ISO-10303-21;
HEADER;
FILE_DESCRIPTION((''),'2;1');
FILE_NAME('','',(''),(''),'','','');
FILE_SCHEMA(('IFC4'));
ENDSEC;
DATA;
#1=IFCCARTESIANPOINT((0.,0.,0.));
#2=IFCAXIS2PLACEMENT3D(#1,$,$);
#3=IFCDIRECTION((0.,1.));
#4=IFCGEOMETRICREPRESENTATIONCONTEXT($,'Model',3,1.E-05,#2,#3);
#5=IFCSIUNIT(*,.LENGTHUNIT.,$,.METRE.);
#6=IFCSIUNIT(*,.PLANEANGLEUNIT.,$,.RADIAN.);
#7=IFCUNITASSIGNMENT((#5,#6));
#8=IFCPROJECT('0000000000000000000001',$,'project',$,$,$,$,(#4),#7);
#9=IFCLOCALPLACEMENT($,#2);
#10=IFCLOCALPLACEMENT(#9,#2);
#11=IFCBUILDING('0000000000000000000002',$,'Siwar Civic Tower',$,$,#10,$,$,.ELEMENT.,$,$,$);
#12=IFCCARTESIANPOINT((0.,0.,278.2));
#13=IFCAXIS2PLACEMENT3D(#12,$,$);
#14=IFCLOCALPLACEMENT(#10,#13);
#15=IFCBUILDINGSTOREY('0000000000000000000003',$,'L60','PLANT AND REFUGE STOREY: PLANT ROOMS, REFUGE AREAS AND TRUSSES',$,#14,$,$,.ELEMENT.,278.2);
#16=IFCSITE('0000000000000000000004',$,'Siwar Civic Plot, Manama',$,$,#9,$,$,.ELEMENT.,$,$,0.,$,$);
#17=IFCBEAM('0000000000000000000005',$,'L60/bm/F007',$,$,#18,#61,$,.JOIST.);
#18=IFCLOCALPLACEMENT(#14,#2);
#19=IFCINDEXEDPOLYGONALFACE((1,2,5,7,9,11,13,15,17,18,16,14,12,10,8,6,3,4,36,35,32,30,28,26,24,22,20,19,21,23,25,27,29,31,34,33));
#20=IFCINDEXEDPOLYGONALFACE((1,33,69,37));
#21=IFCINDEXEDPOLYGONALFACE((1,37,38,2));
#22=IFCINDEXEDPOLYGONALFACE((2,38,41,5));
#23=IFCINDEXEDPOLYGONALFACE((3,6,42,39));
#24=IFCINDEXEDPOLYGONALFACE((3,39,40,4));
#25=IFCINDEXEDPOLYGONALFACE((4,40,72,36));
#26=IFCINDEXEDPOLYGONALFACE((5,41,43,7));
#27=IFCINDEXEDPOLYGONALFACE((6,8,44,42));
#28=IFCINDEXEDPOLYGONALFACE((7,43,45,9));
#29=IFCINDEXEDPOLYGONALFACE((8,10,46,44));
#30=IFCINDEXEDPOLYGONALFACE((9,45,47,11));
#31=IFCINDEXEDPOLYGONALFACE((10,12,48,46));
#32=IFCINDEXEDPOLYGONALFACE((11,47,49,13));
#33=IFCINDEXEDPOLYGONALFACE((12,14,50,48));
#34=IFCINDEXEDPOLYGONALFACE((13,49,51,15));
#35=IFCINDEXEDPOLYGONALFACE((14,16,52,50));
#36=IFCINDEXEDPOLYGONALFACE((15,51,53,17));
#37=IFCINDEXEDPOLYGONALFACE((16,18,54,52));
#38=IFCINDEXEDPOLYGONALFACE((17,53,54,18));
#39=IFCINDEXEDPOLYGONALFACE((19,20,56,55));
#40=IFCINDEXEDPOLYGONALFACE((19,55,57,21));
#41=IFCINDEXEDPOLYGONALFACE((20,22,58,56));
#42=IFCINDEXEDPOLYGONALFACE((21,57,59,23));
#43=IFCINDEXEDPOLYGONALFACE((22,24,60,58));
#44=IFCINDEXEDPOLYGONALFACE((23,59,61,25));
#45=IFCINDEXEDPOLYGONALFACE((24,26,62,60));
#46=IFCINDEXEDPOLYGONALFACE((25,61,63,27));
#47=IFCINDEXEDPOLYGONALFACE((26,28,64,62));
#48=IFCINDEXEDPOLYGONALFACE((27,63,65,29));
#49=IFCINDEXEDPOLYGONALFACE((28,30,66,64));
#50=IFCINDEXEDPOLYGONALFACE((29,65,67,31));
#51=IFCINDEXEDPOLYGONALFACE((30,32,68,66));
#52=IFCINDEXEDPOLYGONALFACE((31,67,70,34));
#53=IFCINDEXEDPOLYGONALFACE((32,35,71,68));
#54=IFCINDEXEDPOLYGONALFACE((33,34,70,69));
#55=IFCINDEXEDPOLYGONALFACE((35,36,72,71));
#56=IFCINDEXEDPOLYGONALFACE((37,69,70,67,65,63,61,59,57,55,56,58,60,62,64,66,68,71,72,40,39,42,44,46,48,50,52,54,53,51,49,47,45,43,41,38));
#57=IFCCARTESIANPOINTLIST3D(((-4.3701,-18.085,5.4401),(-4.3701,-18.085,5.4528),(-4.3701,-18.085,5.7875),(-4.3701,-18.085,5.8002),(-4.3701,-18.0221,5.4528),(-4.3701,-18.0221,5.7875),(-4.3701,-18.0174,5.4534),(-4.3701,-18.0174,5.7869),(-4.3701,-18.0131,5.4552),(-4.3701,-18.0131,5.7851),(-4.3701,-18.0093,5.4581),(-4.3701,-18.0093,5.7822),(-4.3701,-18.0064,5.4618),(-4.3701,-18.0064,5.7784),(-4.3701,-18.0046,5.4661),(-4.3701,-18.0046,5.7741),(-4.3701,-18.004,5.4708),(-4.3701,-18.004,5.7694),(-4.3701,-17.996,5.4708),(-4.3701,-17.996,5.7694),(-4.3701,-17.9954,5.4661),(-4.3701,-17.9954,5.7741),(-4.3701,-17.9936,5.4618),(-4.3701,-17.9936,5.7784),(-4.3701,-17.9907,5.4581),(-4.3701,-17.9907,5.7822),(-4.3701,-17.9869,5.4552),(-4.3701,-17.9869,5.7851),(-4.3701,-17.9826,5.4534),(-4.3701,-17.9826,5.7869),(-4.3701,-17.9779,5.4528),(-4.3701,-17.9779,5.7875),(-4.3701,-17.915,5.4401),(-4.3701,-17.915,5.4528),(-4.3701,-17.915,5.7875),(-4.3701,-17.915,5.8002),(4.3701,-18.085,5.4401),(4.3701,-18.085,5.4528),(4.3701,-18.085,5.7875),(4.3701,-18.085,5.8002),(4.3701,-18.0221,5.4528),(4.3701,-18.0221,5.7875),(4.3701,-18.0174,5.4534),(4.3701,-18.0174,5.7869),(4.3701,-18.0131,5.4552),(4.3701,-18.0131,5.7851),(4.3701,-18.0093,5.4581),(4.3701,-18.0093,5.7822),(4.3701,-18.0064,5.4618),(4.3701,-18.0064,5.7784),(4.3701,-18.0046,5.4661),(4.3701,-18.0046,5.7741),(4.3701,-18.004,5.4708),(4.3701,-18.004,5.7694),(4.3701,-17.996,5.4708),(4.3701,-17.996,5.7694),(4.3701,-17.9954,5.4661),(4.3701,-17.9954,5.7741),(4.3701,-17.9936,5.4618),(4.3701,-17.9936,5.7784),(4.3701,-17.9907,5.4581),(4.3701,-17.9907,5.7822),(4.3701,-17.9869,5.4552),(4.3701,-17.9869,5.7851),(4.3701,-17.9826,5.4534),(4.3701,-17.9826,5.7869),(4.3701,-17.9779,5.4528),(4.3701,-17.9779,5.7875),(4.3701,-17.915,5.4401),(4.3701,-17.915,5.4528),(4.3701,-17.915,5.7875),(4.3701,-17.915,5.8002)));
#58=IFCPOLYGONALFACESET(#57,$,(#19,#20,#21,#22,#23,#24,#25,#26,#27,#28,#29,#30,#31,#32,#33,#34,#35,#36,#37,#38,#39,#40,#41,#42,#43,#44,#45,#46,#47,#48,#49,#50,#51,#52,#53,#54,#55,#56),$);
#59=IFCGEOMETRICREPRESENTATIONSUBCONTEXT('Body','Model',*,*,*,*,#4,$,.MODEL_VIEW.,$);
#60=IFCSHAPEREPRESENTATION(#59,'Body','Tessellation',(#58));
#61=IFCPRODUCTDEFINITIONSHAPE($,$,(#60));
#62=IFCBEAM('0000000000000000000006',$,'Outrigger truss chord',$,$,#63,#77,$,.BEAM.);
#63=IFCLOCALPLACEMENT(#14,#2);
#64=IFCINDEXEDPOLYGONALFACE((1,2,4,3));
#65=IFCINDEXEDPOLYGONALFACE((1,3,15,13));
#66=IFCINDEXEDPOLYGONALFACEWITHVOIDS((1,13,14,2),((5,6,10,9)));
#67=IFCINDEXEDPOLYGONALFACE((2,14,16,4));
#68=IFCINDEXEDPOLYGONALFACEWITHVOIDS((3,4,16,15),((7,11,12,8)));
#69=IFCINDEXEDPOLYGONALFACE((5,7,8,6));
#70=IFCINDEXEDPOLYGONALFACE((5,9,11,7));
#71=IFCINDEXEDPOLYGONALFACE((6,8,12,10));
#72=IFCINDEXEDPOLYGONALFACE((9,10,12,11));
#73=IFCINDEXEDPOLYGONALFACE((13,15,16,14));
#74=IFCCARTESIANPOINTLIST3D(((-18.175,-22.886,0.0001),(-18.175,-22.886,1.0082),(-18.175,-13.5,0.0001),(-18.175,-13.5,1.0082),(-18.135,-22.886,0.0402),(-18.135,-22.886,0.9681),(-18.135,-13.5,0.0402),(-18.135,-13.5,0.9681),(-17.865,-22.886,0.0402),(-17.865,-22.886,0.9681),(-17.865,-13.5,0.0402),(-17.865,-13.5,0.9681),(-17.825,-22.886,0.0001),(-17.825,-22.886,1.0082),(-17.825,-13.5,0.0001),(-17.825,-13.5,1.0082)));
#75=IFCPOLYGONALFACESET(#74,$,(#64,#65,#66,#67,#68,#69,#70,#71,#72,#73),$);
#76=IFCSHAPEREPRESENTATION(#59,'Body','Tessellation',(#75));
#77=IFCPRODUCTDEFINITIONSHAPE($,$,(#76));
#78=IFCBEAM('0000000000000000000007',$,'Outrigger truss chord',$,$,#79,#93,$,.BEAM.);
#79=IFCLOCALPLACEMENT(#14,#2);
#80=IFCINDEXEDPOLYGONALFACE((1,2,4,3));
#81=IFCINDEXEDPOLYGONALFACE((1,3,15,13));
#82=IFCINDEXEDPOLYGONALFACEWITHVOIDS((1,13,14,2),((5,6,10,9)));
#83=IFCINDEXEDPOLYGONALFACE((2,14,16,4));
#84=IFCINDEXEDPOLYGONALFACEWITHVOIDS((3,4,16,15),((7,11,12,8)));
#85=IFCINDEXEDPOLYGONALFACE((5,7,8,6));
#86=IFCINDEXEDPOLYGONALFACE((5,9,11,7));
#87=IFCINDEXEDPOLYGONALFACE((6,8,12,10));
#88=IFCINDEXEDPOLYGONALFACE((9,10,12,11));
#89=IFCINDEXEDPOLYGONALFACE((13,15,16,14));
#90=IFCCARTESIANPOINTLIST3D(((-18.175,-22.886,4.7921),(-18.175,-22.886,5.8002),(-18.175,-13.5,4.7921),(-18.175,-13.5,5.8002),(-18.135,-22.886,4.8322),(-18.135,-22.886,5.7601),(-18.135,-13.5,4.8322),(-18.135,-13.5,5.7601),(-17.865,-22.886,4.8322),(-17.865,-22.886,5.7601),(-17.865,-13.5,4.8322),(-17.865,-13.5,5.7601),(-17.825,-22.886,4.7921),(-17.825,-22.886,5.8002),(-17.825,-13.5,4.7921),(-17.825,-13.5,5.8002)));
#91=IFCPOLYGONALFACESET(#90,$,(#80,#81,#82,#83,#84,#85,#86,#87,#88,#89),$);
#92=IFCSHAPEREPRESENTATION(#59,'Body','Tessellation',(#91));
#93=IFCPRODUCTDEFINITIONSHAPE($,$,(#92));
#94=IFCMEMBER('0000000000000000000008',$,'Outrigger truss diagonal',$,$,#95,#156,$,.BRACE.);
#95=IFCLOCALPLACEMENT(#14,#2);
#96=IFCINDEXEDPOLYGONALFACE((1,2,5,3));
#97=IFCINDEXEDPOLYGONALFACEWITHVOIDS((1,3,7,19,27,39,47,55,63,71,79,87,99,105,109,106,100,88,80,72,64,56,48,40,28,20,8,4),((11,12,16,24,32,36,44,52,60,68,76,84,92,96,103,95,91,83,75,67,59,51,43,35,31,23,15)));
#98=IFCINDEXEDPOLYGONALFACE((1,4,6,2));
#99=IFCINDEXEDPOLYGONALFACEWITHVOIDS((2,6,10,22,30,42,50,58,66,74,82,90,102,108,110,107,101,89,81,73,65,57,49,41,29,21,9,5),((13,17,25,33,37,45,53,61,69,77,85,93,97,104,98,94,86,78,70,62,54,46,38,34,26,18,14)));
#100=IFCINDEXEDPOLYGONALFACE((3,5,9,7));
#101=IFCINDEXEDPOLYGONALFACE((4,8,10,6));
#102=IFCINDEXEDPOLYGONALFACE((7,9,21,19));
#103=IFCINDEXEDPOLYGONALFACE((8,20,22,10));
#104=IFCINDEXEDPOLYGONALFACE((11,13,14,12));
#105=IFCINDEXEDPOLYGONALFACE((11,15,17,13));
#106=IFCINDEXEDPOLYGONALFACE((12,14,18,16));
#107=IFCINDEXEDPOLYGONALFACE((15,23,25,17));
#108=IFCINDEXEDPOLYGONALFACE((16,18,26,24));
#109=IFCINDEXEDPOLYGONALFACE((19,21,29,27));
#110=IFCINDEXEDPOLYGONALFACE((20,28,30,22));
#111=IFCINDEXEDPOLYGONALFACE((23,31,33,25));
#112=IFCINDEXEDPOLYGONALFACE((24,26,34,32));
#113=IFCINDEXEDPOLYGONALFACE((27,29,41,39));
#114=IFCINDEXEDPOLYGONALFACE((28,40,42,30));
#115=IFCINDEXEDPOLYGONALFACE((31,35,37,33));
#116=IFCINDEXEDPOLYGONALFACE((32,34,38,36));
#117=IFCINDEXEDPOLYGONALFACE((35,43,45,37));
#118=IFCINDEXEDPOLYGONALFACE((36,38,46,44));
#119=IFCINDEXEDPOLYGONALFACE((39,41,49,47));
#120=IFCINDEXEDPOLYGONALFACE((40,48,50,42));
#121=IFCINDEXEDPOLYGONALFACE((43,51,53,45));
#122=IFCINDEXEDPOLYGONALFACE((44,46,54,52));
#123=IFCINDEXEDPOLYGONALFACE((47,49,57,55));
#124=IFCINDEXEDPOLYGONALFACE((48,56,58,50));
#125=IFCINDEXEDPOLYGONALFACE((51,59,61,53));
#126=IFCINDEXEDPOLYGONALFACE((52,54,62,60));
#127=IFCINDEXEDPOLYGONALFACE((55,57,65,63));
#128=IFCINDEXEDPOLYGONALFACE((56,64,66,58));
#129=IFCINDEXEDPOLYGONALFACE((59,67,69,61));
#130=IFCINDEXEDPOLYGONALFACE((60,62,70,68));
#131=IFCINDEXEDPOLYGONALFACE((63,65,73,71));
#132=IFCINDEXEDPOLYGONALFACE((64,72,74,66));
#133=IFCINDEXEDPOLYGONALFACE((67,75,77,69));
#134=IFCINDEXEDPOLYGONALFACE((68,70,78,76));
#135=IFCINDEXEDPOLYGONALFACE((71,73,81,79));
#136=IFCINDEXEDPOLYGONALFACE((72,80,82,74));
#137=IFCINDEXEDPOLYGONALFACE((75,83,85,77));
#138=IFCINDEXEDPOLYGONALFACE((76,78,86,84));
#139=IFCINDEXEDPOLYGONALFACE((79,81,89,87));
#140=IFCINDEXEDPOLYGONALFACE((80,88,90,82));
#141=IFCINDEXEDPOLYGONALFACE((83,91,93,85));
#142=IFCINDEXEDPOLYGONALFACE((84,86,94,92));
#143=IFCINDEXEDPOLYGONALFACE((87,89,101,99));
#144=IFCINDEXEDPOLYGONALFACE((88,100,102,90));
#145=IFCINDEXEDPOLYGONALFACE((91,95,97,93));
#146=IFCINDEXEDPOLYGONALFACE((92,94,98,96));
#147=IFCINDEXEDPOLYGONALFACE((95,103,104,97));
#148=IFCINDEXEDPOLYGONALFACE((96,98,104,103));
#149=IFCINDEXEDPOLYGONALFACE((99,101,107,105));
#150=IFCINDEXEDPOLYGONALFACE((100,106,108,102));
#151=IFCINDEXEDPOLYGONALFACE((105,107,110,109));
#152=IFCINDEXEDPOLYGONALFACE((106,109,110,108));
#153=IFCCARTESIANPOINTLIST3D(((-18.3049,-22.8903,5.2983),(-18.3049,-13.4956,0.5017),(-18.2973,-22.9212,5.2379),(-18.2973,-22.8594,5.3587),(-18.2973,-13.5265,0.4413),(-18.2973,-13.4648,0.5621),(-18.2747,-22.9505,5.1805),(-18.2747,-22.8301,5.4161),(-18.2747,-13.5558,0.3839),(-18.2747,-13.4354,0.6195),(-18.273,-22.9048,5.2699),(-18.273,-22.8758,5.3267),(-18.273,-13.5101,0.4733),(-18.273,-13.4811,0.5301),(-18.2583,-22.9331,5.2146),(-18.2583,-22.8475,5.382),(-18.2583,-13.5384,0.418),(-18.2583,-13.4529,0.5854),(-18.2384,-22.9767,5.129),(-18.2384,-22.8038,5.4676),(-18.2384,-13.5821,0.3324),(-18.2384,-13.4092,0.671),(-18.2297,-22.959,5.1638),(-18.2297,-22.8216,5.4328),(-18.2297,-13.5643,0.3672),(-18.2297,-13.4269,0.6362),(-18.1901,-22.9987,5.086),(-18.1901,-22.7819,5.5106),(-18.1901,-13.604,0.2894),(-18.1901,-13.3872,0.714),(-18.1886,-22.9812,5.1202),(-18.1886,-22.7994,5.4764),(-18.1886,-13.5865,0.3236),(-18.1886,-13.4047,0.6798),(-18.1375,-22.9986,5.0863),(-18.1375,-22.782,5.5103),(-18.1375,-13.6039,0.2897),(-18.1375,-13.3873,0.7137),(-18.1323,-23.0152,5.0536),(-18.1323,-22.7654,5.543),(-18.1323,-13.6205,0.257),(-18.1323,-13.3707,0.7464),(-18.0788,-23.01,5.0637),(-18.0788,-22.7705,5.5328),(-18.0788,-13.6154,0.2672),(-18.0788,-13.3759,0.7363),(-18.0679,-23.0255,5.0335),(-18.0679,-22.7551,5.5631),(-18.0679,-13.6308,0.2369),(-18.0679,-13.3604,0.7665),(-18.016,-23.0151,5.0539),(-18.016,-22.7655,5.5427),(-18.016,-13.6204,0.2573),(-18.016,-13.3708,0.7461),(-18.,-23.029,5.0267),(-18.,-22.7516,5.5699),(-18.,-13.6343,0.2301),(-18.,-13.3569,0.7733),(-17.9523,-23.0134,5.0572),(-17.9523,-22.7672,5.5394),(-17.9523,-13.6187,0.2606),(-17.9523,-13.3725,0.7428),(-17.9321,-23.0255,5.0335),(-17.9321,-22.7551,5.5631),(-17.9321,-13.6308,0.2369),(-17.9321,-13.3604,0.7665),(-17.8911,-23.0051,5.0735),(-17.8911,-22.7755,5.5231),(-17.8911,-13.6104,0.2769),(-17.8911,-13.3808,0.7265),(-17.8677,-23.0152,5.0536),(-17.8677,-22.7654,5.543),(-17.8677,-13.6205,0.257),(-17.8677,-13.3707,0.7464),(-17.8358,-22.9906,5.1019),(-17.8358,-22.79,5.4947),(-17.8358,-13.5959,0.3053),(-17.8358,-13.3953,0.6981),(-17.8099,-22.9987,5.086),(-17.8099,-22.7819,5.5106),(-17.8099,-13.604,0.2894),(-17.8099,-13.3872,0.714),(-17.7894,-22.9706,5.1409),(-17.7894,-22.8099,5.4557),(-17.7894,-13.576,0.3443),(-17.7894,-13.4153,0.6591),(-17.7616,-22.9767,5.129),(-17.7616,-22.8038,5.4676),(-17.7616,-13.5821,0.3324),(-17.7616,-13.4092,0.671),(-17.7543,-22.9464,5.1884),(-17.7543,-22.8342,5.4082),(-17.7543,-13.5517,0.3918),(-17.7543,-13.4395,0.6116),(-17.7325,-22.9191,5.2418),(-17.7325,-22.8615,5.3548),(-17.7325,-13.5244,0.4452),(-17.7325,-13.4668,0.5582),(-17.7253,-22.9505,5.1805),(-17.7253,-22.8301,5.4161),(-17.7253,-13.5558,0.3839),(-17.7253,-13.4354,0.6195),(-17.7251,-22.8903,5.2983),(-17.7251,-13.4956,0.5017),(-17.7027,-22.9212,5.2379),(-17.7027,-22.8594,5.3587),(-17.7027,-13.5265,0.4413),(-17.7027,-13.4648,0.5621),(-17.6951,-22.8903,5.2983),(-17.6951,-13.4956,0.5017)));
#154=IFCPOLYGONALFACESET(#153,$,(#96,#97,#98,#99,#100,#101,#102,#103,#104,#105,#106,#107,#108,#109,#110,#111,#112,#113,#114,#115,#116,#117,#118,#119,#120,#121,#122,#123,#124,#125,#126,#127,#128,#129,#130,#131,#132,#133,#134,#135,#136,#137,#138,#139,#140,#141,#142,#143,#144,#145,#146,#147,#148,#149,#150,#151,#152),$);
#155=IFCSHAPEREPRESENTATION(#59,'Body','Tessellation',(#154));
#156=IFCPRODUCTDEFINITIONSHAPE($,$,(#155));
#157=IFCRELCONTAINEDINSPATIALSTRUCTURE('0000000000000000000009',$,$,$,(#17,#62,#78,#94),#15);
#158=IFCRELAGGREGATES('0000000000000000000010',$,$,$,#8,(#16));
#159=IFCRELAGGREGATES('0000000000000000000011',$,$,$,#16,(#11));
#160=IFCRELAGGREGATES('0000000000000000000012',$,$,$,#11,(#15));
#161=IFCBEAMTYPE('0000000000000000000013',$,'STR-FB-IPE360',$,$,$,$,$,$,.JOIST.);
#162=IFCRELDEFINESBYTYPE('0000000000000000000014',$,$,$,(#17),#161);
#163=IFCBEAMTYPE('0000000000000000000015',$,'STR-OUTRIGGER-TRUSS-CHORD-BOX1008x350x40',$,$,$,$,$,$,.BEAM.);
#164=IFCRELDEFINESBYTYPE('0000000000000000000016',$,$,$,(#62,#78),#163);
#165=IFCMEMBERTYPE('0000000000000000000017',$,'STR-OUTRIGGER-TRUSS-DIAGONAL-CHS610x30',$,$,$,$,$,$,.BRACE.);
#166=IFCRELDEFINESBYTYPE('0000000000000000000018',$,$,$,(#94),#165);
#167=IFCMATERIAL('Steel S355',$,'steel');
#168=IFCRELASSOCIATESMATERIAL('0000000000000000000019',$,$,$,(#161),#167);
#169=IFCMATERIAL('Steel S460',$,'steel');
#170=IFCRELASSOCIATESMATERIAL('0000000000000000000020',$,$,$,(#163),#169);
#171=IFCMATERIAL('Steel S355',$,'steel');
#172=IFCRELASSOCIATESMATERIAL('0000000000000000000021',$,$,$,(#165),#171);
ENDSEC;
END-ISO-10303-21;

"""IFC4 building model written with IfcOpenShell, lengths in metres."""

from ifc_helpers import new_model, si_unit, direction, frame, origin, origin_2d, place, context, subcontext, project, spatial, hollow_rectangle, hollow_circle, i_section, extrude, material, material_profile, profile_set, type_object, element, save


model = new_model("IFC4")

# Units and contexts
model_context = context("Model", 3, precision=1e-05, world=origin(), true_north=direction((0.0, 1.0)))
body_context = subcontext(model_context, "Body", "Model", "MODEL_VIEW")
ifc_project = project(units=[si_unit("LENGTHUNIT", "METRE"), si_unit("PLANEANGLEUNIT", "RADIAN")], contexts=[model_context])

# Site, building, storey
site_placement = place(None, origin())
site = spatial("IfcSite", under=ifc_project, at=site_placement, Name="Siwar Civic Plot, Manama", CompositionType="ELEMENT", RefElevation=0.0)
building_placement = place(site_placement, origin())
building = spatial("IfcBuilding", under=site, at=building_placement, Name="Siwar Civic Tower", CompositionType="ELEMENT")
storey_placement = place(building_placement, frame((0.0, 0.0, 278.2)))
storey = spatial("IfcBuildingStorey", under=building, at=storey_placement, Name="L60", Description="PLANT AND REFUGE STOREY: PLANT ROOMS, REFUGE AREAS AND TRUSSES", CompositionType="ELEMENT", Elevation=278.2)

# Beams
ifc_material_1 = material(Name="Steel S355", Category="steel")
ifc_material_profile_1 = material_profile(ifc_material_1, i_section(OverallWidth=0.1699, OverallDepth=0.3601, WebThickness=0.0081, FlangeThickness=0.0127, FilletRadius=0.0181, at=origin_2d()), Name="IPE360")
ifc_profile_set_1 = profile_set([ifc_material_profile_1], Name="Steel S355")
beam_type_1 = type_object("IfcBeamType", Name="STR-FB-IPE360", PredefinedType="JOIST", material=ifc_profile_set_1)
for number, where, z_axis, x_axis, name in (
    (1, (-4.3701, -18.0, 5.6201), (1.0, 0.0, 0.0), (0.0, 1.0, 0.0), "L60/bm/F007"),
):
    element("IfcBeam", number, at=place(storey_placement, frame(where, z_axis=z_axis, x_axis=x_axis)), inside=storey, type_object=beam_type_1, Name=name, PredefinedType="JOIST", context=body_context, shape_type="SweptSolid", body=[
        extrude(i_section(OverallWidth=0.1699, OverallDepth=0.3601, WebThickness=0.0081, FlangeThickness=0.0127, FilletRadius=0.0181, at=origin_2d()), origin(), (0.0, 0.0, 1.0), 8.7402),
    ])
ifc_material_2 = material(Name="Steel S460", Category="steel")
ifc_material_profile_2 = material_profile(ifc_material_2, hollow_rectangle(XDim=0.3501, YDim=1.0081, WallThickness=0.04, at=origin_2d()), Name="BOX1008x350x40")
ifc_profile_set_2 = profile_set([ifc_material_profile_2], Name="Steel S460")
beam_type_2 = type_object("IfcBeamType", Name="STR-OUTRIGGER-TRUSS-CHORD-BOX1008x350x40", PredefinedType="BEAM", material=ifc_profile_set_2)
for number, where, z_axis, x_axis, name in (
    (2, (-18.0, -22.886, 0.5042), (0.0, 1.0, 0.0), (-1.0, 0.0, 0.0), "Outrigger truss chord"),
    (3, (-18.0, -22.886, 5.2961), (0.0, 1.0, 0.0), (-1.0, 0.0, 0.0), "Outrigger truss chord"),
):
    element("IfcBeam", number, at=place(storey_placement, frame(where, z_axis=z_axis, x_axis=x_axis)), inside=storey, type_object=beam_type_2, Name=name, PredefinedType="BEAM", context=body_context, shape_type="SweptSolid", body=[
        extrude(hollow_rectangle(XDim=0.3501, YDim=1.0081, WallThickness=0.04, at=origin_2d()), origin(), (0.0, 0.0, 1.0), 9.386),
    ])

# Member
ifc_material_3 = material(Name="Steel S355", Category="steel")
ifc_material_profile_3 = material_profile(ifc_material_3, hollow_circle(Radius=0.3049, WallThickness=0.03, at=origin_2d()), Name="CHS610x30")
ifc_profile_set_3 = profile_set([ifc_material_profile_3], Name="Steel S355")
member_type_1 = type_object("IfcMemberType", Name="STR-OUTRIGGER-TRUSS-DIAGONAL-CHS610x30", PredefinedType="BRACE", material=ifc_profile_set_3)
member_1_placement = place(storey_placement, frame((-18.0, -13.4956, 0.5017), z_axis=(0.0, -0.890632, 0.454724), x_axis=(1.0, 0.0, 0.0)))
element("IfcMember", 4, at=member_1_placement, inside=storey, type_object=member_type_1, Name="Outrigger truss diagonal", PredefinedType="BRACE", context=body_context, shape_type="SweptSolid", body=[
    extrude(hollow_circle(Radius=0.3049, WallThickness=0.03, at=origin_2d()), origin(), (0.0, 0.0, 1.0), 10.5483),
])

save(model, "model.ifc")
